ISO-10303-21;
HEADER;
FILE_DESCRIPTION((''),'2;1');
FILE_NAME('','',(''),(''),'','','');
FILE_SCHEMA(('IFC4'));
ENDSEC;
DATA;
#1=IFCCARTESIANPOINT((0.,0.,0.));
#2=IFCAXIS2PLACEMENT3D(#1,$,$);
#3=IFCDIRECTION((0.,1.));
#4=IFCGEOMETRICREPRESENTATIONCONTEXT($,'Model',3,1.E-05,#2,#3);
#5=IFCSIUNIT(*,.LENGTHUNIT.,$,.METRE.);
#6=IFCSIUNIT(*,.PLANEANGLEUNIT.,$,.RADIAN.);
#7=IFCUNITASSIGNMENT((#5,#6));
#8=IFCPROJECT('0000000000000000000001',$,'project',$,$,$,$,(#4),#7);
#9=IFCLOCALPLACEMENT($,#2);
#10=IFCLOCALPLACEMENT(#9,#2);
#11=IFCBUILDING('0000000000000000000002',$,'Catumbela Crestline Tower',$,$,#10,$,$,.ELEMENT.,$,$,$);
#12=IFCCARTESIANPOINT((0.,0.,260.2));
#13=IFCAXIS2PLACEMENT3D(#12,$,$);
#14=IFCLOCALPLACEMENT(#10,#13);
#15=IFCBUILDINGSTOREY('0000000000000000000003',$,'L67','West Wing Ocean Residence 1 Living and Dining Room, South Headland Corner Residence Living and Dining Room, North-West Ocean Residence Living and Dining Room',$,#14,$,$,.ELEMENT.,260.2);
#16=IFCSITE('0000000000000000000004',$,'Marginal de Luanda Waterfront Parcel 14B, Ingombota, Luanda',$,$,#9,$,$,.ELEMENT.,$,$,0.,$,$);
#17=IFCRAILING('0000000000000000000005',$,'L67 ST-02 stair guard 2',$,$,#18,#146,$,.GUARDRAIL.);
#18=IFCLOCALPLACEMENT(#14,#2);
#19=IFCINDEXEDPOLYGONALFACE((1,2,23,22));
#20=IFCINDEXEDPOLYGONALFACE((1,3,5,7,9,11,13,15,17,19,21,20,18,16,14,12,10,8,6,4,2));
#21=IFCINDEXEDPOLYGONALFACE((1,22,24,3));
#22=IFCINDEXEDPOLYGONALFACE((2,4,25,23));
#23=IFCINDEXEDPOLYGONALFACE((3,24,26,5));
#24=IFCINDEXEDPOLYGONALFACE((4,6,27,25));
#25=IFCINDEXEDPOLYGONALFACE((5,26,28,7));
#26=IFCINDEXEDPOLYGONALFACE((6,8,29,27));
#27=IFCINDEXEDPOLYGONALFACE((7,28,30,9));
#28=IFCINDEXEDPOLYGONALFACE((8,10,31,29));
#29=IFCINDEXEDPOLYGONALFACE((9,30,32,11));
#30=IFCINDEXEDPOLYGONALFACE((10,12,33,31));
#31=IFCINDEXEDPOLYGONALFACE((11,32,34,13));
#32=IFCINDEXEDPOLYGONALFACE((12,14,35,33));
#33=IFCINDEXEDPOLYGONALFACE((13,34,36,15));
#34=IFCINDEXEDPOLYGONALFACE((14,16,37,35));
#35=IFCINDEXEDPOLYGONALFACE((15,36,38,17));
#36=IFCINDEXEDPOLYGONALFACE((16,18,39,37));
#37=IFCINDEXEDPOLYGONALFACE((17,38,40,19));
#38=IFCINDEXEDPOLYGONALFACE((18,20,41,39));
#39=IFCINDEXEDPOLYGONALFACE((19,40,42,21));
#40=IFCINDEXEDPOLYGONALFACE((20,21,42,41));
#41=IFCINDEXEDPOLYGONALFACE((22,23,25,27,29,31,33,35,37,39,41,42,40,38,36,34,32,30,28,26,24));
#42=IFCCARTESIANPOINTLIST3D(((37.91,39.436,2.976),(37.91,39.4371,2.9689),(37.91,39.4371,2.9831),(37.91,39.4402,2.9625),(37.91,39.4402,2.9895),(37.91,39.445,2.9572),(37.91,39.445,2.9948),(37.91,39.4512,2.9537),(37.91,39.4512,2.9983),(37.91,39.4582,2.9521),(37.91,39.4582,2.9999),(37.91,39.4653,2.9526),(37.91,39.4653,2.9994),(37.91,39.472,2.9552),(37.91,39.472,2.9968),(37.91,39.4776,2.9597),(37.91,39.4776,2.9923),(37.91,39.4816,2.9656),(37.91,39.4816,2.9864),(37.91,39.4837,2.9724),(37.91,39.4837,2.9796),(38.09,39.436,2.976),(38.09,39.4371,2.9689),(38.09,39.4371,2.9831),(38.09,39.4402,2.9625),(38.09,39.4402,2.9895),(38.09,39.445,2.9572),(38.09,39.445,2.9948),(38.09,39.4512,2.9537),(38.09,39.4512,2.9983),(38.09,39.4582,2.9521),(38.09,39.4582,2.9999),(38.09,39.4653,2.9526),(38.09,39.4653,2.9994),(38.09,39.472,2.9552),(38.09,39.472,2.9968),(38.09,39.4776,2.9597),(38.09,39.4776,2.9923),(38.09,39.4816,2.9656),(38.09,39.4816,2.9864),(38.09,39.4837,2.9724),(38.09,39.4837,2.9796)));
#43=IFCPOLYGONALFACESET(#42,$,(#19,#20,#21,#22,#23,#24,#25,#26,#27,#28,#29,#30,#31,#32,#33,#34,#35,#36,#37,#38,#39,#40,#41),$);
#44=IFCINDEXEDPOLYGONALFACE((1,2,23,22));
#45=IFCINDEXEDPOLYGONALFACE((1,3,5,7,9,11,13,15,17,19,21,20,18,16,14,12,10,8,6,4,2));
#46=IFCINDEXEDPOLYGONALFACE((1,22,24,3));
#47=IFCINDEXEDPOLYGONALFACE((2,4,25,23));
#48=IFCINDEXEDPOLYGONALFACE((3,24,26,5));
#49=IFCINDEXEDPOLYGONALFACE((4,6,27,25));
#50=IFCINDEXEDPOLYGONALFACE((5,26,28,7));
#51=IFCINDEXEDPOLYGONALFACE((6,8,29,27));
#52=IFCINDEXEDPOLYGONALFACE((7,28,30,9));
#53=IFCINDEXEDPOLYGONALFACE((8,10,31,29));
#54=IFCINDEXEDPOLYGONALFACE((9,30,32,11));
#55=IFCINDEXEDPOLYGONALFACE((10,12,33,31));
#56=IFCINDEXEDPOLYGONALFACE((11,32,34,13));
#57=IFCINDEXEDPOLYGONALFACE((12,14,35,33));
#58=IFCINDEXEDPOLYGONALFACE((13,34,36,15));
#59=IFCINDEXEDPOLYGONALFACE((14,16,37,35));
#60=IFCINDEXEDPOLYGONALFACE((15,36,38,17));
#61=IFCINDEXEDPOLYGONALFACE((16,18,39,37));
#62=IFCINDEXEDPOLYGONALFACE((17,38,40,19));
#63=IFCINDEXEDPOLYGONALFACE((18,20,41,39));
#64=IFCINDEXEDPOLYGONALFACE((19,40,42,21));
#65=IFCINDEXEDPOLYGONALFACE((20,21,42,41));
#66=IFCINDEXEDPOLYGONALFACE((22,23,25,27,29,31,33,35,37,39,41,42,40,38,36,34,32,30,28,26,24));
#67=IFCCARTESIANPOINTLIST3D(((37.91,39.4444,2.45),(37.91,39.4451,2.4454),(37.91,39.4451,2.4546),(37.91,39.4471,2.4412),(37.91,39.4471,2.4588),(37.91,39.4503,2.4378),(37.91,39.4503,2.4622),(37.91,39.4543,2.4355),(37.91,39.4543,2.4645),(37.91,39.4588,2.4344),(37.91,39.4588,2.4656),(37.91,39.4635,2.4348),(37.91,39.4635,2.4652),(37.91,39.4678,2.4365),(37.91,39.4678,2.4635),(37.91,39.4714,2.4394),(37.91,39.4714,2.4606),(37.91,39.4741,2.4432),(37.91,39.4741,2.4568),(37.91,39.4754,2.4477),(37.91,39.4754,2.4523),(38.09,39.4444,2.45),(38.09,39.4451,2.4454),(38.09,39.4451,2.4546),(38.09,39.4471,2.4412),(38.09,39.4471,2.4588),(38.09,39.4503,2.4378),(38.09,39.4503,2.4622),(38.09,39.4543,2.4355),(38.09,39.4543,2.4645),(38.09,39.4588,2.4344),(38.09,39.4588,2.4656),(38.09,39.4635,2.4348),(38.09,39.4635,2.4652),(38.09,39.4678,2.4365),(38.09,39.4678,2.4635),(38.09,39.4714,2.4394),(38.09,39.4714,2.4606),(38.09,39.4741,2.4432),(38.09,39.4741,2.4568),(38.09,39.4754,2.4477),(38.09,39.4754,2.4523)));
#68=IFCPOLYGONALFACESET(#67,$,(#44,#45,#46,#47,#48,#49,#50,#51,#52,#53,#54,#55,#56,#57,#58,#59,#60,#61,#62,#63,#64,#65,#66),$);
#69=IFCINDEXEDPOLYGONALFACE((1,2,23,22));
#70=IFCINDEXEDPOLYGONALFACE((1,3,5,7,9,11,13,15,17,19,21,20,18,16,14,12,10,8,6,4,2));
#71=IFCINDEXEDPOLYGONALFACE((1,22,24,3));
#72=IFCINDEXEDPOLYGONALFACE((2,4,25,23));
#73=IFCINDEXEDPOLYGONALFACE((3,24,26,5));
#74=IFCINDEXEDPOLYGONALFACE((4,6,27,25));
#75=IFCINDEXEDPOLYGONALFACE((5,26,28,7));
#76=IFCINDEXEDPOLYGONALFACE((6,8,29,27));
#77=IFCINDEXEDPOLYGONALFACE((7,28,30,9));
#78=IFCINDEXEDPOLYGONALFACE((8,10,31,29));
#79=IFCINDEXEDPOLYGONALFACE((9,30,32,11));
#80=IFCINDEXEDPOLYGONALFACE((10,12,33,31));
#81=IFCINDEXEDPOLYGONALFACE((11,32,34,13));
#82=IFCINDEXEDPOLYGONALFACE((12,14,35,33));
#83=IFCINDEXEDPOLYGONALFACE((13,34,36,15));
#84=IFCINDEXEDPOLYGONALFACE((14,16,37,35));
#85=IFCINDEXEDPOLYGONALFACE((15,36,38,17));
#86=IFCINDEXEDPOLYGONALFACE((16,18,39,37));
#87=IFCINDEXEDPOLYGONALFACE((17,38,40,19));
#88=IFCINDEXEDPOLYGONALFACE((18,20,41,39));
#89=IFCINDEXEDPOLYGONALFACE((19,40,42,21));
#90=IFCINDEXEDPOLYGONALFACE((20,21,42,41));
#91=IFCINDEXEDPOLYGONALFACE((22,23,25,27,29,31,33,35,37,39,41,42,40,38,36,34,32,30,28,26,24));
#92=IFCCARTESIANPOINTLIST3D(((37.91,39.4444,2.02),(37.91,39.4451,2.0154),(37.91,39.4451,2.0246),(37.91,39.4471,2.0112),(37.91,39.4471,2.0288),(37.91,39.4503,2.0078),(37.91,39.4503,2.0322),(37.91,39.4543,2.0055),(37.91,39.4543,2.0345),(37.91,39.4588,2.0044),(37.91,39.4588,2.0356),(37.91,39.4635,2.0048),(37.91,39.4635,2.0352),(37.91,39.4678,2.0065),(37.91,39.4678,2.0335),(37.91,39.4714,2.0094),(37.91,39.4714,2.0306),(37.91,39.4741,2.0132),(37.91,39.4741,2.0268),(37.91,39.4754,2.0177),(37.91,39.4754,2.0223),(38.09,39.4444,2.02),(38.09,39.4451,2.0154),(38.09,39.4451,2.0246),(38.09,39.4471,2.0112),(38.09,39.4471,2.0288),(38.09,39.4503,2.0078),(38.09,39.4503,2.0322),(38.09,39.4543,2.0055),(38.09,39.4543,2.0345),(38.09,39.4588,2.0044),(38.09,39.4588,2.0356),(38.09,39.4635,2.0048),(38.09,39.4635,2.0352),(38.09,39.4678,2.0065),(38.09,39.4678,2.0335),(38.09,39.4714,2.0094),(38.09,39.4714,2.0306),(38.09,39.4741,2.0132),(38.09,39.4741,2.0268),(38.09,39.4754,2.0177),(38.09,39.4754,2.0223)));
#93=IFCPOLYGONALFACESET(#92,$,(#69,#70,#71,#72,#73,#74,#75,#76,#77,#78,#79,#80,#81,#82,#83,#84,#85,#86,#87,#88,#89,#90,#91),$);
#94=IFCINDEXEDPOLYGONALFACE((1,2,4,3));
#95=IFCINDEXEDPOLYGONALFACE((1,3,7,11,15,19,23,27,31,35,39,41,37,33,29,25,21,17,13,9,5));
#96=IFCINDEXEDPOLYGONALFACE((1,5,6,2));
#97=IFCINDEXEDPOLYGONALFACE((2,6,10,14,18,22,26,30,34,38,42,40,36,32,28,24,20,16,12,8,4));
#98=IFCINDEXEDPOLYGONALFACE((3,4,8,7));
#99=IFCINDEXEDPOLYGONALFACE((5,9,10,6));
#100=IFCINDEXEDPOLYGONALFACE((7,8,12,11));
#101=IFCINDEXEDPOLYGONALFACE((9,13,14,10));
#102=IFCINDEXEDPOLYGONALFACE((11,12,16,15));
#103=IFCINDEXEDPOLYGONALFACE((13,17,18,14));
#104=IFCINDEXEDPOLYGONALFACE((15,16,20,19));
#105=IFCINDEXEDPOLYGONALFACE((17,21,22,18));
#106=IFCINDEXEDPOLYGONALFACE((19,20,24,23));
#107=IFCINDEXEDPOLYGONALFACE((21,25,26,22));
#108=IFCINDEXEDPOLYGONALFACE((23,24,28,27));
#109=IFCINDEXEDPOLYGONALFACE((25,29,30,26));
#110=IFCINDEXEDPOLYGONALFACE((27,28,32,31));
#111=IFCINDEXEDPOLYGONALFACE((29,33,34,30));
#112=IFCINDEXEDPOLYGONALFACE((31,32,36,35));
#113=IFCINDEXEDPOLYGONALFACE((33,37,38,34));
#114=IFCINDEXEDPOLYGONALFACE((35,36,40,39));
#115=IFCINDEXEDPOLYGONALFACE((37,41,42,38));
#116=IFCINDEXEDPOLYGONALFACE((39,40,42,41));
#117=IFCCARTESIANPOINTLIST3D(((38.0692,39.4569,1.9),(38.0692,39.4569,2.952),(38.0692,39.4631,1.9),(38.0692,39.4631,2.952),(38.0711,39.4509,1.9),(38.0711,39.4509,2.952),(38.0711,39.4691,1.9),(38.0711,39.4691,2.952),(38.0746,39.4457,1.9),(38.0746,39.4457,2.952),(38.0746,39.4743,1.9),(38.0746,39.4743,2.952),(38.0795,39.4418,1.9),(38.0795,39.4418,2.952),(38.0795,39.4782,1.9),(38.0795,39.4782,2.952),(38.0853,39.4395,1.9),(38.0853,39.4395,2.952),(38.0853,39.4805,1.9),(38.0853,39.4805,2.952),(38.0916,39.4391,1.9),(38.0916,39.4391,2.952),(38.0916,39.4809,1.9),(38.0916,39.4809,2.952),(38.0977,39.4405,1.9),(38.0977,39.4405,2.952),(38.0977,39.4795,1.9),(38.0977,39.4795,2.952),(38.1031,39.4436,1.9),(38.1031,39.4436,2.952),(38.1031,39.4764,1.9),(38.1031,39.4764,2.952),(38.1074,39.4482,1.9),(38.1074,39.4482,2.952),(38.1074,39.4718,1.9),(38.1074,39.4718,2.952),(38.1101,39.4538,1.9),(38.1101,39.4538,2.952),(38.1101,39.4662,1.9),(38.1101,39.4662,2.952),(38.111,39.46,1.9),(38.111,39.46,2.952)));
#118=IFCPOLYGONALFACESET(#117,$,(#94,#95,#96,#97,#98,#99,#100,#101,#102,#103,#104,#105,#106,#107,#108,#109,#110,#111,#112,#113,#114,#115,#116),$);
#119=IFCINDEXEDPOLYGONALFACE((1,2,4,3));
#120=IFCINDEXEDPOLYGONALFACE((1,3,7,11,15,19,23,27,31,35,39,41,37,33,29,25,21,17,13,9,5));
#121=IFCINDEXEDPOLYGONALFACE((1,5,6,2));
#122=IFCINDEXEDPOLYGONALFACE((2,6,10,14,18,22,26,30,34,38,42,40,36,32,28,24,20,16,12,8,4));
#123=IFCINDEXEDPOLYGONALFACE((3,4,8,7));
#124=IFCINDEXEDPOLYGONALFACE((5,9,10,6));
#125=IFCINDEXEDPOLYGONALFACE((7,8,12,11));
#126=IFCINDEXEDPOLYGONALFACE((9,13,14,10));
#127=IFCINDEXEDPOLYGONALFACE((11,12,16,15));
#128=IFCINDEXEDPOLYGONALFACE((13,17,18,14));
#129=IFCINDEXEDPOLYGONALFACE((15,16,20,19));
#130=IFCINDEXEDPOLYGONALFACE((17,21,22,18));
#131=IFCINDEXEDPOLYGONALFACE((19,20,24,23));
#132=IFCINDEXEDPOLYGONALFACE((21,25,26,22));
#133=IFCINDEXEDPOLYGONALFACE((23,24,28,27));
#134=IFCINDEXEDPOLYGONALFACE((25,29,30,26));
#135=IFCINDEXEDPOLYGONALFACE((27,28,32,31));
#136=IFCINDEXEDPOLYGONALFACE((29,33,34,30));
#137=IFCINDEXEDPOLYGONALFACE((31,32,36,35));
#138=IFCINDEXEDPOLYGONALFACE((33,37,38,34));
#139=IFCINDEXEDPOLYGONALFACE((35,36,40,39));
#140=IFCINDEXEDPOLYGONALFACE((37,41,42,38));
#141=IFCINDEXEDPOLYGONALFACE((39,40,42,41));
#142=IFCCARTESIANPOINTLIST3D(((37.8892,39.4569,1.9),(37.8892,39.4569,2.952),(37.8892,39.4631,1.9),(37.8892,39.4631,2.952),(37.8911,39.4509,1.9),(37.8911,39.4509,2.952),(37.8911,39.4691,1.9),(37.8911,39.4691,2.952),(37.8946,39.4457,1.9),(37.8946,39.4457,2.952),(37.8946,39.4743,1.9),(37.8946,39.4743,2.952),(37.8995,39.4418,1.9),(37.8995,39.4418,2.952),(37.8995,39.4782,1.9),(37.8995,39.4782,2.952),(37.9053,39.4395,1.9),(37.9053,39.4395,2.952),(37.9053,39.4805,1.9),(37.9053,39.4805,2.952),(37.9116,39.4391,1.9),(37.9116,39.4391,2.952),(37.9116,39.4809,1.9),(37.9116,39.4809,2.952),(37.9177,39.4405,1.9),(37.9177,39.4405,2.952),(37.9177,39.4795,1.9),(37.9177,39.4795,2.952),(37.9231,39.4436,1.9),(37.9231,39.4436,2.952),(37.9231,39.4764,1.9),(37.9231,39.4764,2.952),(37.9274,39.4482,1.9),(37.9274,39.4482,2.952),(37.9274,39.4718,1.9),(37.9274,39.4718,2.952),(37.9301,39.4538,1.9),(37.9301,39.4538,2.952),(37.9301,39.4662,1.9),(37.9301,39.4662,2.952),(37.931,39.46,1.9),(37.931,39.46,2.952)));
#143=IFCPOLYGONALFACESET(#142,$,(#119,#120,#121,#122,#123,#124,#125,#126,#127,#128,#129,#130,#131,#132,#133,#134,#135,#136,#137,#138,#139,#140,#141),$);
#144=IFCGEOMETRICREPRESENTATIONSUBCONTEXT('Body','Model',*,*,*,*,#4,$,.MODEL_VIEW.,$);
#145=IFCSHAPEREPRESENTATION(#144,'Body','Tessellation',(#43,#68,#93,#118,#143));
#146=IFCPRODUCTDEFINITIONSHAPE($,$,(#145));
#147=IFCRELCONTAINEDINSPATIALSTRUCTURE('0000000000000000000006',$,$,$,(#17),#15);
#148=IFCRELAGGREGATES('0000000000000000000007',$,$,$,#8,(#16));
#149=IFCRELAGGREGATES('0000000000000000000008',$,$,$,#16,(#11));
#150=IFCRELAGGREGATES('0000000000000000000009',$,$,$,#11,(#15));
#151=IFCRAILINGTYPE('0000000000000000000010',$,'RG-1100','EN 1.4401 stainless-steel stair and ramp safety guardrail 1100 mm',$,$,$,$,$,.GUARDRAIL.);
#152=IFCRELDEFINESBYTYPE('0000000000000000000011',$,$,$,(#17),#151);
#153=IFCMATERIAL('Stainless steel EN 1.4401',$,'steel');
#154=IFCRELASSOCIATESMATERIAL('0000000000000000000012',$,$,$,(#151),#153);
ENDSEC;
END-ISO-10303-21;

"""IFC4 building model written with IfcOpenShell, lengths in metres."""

from ifc_helpers import new_model, si_unit, direction, frame, origin, origin_2d, place, context, subcontext, project, spatial, circle, extrude, material, type_object, element, save


model = new_model("IFC4")

# Units and contexts
model_context = context("Model", 3, precision=1e-05, world=origin(), true_north=direction((0.0, 1.0)))
body_context = subcontext(model_context, "Body", "Model", "MODEL_VIEW")
ifc_project = project(units=[si_unit("LENGTHUNIT", "METRE"), si_unit("PLANEANGLEUNIT", "RADIAN")], contexts=[model_context])

# Site, building, storey
site_placement = place(None, origin())
site = spatial("IfcSite", under=ifc_project, at=site_placement, Name="Marginal de Luanda Waterfront Parcel 14B, Ingombota, Luanda", CompositionType="ELEMENT", RefElevation=0.0)
building_placement = place(site_placement, origin())
building = spatial("IfcBuilding", under=site, at=building_placement, Name="Catumbela Crestline Tower", CompositionType="ELEMENT")
storey_placement = place(building_placement, frame((0.0, 0.0, 260.2)))
storey = spatial("IfcBuildingStorey", under=building, at=storey_placement, Name="L67", Description="West Wing Ocean Residence 1 Living and Dining Room, South Headland Corner Residence Living and Dining Room, North-West Ocean Residence Living and Dining Room", CompositionType="ELEMENT", Elevation=260.2)

# Railing
ifc_material_1 = material(Name="Stainless steel EN 1.4401", Category="steel")
railing_type_1 = type_object("IfcRailingType", Name="RG-1100", Description="EN 1.4401 stainless-steel stair and ramp safety guardrail 1100 mm", PredefinedType="GUARDRAIL", material=ifc_material_1)
railing_1_placement = place(storey_placement, frame((38.09, 39.46, 1.9)))
element("IfcRailing", 1, at=railing_1_placement, inside=storey, type_object=railing_type_1, Name="L67 ST-02 stair guard 2", PredefinedType="GUARDRAIL", context=body_context, shape_type="SweptSolid", body=[
    extrude(circle(Radius=0.024, at=origin_2d()), frame((0.0, 0.0, 1.076), z_axis=(-1.0, 0.0, 0.0), x_axis=(0.0, -1.0, 0.0)), (0.0, 0.0, 1.0), 0.18),
    extrude(circle(Radius=0.0156, at=origin_2d()), frame((0.0, 0.0, 0.55), z_axis=(-1.0, 0.0, 0.0), x_axis=(0.0, -1.0, 0.0)), (0.0, 0.0, 1.0), 0.18),
    extrude(circle(Radius=0.0156, at=origin_2d()), frame((0.0, 0.0, 0.12), z_axis=(-1.0, 0.0, 0.0), x_axis=(0.0, -1.0, 0.0)), (0.0, 0.0, 1.0), 0.18),
    extrude(circle(Radius=0.021, at=origin_2d()), origin(), (0.0, 0.0, 1.0), 1.052),
    extrude(circle(Radius=0.021, at=origin_2d()), frame((-0.18, 0.0, 0.0)), (0.0, 0.0, 1.0), 1.052),
])

save(model, "model.ifc")
